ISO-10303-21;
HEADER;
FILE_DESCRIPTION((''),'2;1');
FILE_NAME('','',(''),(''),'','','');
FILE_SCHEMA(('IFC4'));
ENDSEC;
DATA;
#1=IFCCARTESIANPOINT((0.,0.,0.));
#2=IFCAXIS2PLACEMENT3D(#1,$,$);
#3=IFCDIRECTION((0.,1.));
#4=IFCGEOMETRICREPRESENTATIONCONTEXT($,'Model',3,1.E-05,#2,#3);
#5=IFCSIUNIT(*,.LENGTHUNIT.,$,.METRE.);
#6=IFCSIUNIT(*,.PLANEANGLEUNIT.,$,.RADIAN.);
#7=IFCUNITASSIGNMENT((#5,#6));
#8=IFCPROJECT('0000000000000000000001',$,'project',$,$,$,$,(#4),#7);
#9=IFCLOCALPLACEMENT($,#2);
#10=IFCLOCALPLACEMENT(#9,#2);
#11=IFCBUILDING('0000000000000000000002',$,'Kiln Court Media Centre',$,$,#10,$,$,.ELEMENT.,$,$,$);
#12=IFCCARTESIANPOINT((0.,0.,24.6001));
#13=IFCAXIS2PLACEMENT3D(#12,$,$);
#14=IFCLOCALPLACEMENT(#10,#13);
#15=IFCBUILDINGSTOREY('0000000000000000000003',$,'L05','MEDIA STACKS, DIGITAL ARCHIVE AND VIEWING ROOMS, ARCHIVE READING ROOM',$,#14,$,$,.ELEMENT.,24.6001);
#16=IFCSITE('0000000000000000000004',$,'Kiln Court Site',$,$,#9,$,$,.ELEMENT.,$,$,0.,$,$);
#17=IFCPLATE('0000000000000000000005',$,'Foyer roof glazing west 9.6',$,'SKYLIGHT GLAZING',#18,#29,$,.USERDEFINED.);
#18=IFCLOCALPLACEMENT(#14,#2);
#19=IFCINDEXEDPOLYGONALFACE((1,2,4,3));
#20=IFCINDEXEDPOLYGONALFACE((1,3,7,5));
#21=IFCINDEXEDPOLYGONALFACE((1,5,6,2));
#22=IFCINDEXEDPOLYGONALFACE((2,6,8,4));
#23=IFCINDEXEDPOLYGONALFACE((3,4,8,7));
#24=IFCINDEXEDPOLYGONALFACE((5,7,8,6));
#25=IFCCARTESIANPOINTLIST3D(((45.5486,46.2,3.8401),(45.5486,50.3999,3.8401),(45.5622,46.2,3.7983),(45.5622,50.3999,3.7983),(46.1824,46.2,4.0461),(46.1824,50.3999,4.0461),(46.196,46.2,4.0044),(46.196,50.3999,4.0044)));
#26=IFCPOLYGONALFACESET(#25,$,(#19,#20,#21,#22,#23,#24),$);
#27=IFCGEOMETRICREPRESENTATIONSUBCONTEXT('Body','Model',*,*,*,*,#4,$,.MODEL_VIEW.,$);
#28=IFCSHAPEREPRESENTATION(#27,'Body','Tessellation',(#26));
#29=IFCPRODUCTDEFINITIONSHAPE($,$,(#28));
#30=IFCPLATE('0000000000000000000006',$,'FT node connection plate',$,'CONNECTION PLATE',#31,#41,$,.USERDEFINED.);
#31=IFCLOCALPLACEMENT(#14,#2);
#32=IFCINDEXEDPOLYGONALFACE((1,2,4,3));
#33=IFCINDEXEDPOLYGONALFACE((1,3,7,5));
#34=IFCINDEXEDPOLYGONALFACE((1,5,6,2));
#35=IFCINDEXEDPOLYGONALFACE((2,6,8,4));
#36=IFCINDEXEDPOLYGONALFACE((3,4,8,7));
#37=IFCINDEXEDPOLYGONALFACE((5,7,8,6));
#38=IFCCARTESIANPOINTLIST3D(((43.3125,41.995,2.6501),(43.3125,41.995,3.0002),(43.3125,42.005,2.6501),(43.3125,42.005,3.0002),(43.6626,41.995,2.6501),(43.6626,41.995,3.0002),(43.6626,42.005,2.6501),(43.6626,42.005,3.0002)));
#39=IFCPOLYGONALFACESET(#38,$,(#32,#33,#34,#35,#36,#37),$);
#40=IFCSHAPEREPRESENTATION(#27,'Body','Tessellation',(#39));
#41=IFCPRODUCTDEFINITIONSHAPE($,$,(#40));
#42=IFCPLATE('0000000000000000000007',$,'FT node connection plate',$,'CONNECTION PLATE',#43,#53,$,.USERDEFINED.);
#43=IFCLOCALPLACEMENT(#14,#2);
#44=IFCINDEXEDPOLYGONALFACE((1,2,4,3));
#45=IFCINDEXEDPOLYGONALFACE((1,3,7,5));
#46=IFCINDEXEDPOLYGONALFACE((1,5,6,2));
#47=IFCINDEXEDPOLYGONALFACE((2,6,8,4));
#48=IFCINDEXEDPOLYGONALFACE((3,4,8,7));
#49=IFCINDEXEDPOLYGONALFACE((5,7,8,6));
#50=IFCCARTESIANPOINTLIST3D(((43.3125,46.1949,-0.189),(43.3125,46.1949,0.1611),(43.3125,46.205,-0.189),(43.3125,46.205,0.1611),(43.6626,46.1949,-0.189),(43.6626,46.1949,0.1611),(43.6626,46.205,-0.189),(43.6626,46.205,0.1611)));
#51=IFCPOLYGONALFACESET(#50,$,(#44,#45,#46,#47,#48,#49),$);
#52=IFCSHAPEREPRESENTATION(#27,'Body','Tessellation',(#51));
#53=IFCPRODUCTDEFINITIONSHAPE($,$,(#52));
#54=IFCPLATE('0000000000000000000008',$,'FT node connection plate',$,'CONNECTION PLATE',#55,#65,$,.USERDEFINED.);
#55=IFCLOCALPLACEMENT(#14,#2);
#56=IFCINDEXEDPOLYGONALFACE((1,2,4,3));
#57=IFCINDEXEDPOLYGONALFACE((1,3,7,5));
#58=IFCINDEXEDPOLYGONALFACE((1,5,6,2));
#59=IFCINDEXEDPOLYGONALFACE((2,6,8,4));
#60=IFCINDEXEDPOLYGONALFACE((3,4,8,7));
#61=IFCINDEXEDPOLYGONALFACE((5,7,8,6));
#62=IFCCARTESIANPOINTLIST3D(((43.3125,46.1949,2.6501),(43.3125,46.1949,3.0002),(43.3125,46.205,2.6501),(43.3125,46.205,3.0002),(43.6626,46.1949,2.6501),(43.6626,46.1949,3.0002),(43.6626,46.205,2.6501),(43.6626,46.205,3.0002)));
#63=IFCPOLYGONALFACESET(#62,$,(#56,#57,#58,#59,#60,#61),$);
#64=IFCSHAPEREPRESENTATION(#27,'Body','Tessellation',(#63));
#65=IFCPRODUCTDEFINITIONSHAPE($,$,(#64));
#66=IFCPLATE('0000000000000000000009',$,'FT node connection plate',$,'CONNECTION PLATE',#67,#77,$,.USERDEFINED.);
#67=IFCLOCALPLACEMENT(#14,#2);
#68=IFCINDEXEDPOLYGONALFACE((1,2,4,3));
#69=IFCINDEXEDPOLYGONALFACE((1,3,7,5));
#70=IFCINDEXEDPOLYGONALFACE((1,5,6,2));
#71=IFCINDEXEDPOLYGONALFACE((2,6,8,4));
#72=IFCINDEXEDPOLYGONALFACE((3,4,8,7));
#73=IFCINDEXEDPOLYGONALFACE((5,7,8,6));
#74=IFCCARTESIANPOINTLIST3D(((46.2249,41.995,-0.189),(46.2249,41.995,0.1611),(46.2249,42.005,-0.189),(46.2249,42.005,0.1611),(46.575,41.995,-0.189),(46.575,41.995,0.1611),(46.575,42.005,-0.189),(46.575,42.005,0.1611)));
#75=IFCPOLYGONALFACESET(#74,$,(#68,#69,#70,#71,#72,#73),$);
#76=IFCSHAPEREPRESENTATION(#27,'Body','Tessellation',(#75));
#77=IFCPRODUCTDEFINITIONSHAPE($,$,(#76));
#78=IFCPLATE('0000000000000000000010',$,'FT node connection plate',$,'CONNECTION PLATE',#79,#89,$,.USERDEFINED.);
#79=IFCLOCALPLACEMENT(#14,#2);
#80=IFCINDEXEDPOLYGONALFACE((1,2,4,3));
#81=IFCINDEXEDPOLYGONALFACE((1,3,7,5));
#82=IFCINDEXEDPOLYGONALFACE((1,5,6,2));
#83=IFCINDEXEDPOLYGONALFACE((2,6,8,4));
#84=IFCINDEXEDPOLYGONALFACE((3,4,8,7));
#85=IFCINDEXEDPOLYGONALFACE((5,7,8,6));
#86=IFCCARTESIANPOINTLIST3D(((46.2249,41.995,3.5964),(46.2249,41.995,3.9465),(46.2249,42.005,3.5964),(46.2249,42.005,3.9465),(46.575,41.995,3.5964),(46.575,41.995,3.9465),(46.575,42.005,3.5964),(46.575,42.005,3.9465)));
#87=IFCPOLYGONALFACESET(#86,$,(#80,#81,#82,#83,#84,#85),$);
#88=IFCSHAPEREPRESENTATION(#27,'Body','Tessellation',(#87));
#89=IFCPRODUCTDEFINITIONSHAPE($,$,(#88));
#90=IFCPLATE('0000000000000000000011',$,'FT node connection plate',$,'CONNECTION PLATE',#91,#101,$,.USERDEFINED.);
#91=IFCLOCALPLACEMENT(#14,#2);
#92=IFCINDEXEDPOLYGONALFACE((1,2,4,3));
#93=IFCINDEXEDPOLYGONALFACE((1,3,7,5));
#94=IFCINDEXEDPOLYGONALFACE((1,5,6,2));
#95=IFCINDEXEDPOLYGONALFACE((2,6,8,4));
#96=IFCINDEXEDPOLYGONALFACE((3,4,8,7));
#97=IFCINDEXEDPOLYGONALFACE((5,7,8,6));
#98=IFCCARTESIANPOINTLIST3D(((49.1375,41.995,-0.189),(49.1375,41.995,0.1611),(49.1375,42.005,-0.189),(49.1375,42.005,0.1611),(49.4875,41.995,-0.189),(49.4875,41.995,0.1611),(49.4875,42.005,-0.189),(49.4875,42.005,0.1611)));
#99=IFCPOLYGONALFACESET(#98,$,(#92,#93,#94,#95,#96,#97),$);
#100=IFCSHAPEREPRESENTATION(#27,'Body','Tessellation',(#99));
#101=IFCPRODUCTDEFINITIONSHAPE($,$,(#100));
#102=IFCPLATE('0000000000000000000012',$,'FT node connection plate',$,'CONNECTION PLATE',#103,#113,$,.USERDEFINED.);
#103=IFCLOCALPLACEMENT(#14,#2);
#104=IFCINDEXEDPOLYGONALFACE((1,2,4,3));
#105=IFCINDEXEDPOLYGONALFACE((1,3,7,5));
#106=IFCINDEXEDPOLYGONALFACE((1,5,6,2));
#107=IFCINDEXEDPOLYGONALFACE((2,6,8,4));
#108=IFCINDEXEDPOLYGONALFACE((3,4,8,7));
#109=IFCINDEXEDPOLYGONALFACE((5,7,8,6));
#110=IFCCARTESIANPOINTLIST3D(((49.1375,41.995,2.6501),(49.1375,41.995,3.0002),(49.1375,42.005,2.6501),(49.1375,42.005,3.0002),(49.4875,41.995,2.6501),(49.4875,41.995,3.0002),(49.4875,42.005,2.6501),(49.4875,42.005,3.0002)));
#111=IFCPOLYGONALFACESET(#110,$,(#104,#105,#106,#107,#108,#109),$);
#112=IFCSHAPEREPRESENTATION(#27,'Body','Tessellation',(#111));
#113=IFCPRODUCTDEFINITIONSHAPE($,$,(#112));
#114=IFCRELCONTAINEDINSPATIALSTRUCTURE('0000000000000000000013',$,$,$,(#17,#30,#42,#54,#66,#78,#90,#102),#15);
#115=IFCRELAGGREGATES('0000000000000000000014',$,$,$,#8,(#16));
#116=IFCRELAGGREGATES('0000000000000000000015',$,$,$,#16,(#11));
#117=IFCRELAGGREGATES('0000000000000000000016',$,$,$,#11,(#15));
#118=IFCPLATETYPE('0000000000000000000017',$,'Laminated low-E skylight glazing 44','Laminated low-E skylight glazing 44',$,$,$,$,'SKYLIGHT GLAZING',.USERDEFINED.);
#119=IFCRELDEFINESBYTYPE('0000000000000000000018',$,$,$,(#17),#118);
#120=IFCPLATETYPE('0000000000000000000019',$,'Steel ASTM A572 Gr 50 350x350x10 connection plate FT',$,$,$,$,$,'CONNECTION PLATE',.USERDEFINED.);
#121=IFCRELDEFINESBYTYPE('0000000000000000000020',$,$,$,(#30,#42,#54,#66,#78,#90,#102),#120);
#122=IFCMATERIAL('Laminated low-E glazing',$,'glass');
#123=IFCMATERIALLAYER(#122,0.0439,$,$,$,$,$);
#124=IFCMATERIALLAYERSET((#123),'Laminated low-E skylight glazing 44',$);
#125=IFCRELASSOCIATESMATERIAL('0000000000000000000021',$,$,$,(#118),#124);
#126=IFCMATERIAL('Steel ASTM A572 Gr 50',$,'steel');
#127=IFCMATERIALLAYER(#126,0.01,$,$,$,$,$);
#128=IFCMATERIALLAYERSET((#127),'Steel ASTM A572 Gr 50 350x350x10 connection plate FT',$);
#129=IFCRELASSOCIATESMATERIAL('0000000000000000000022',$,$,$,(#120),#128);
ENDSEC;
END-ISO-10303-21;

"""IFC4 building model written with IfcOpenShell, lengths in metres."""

from ifc_helpers import new_model, si_unit, direction, frame, origin, origin_2d, place, context, subcontext, project, spatial, polyline, rectangle, outline, extrude, material, layer, layer_set, type_object, element, save


model = new_model("IFC4")

# Units and contexts
model_context = context("Model", 3, precision=1e-05, world=origin(), true_north=direction((0.0, 1.0)))
body_context = subcontext(model_context, "Body", "Model", "MODEL_VIEW")
ifc_project = project(units=[si_unit("LENGTHUNIT", "METRE"), si_unit("PLANEANGLEUNIT", "RADIAN")], contexts=[model_context])

# Site, building, storey
site_placement = place(None, origin())
site = spatial("IfcSite", under=ifc_project, at=site_placement, Name="Kiln Court Site", CompositionType="ELEMENT", RefElevation=0.0)
building_placement = place(site_placement, origin())
building = spatial("IfcBuilding", under=site, at=building_placement, Name="Kiln Court Media Centre", CompositionType="ELEMENT")
storey_placement = place(building_placement, frame((0.0, 0.0, 24.6001)))
storey = spatial("IfcBuildingStorey", under=building, at=storey_placement, Name="L05", Description="MEDIA STACKS, DIGITAL ARCHIVE AND VIEWING ROOMS, ARCHIVE READING ROOM", CompositionType="ELEMENT", Elevation=24.6001)

# Plates
ifc_material_1 = material(Name="Laminated low-E glazing", Category="glass")
ifc_layer_1 = layer(ifc_material_1, 0.0439)
ifc_layer_set_1 = layer_set([ifc_layer_1], Name="Laminated low-E skylight glazing 44")
plate_type_1 = type_object("IfcPlateType", Name="Laminated low-E skylight glazing 44", Description="Laminated low-E skylight glazing 44", ElementType="SKYLIGHT GLAZING", PredefinedType="USERDEFINED", material=ifc_layer_set_1)
for number, where, z_axis, x_axis, name in (
    (1, (45.5486, 46.2, 3.8401), (-0.309185, 0.0, 0.951002), (0.951002, 0.0, 0.309185), "Foyer roof glazing west 9.6"),
):
    element("IfcPlate", number, at=place(storey_placement, frame(where, z_axis=z_axis, x_axis=x_axis)), inside=storey, type_object=plate_type_1, Name=name, ObjectType="SKYLIGHT GLAZING", PredefinedType="USERDEFINED", context=body_context, shape_type="SweptSolid", body=[
        extrude(outline(polyline([(0.0, 0.0), (0.6664, 0.0), (0.6664, 4.2), (0.0, 4.2), (0.0, 0.0)])), origin(), (0.0, 0.0, -1.0), 0.0439),
    ])
ifc_material_2 = material(Name="Steel ASTM A572 Gr 50", Category="steel")
ifc_layer_2 = layer(ifc_material_2, 0.01)
ifc_layer_set_2 = layer_set([ifc_layer_2], Name="Steel ASTM A572 Gr 50 350x350x10 connection plate FT")
plate_type_2 = type_object("IfcPlateType", Name="Steel ASTM A572 Gr 50 350x350x10 connection plate FT", ElementType="CONNECTION PLATE", PredefinedType="USERDEFINED", material=ifc_layer_set_2)
for number, where, z_axis, x_axis, name in (
    (2, (43.4875, 42.0, 2.6501), (0.0, 0.0, 1.0), (1.0, 0.0, 0.0), "FT node connection plate"),
    (3, (43.4875, 46.2, -0.189), (0.0, 0.0, 1.0), (1.0, 0.0, 0.0), "FT node connection plate"),
    (4, (43.4875, 46.2, 2.6501), (0.0, 0.0, 1.0), (1.0, 0.0, 0.0), "FT node connection plate"),
    (5, (46.3999, 42.0, -0.189), (0.0, 0.0, 1.0), (1.0, 0.0, 0.0), "FT node connection plate"),
    (6, (46.3999, 42.0, 3.5964), (0.0, 0.0, 1.0), (1.0, 0.0, 0.0), "FT node connection plate"),
    (7, (49.3125, 42.0, -0.189), (0.0, 0.0, 1.0), (1.0, 0.0, 0.0), "FT node connection plate"),
    (8, (49.3125, 42.0, 2.6501), (0.0, 0.0, 1.0), (1.0, 0.0, 0.0), "FT node connection plate"),
):
    element("IfcPlate", number, at=place(storey_placement, frame(where, z_axis=z_axis, x_axis=x_axis)), inside=storey, type_object=plate_type_2, Name=name, ObjectType="CONNECTION PLATE", PredefinedType="USERDEFINED", context=body_context, shape_type="SweptSolid", body=[
        extrude(rectangle(XDim=0.3501, YDim=0.01, at=origin_2d()), origin(), (0.0, 0.0, 1.0), 0.3501),
    ])

save(model, "model.ifc")
